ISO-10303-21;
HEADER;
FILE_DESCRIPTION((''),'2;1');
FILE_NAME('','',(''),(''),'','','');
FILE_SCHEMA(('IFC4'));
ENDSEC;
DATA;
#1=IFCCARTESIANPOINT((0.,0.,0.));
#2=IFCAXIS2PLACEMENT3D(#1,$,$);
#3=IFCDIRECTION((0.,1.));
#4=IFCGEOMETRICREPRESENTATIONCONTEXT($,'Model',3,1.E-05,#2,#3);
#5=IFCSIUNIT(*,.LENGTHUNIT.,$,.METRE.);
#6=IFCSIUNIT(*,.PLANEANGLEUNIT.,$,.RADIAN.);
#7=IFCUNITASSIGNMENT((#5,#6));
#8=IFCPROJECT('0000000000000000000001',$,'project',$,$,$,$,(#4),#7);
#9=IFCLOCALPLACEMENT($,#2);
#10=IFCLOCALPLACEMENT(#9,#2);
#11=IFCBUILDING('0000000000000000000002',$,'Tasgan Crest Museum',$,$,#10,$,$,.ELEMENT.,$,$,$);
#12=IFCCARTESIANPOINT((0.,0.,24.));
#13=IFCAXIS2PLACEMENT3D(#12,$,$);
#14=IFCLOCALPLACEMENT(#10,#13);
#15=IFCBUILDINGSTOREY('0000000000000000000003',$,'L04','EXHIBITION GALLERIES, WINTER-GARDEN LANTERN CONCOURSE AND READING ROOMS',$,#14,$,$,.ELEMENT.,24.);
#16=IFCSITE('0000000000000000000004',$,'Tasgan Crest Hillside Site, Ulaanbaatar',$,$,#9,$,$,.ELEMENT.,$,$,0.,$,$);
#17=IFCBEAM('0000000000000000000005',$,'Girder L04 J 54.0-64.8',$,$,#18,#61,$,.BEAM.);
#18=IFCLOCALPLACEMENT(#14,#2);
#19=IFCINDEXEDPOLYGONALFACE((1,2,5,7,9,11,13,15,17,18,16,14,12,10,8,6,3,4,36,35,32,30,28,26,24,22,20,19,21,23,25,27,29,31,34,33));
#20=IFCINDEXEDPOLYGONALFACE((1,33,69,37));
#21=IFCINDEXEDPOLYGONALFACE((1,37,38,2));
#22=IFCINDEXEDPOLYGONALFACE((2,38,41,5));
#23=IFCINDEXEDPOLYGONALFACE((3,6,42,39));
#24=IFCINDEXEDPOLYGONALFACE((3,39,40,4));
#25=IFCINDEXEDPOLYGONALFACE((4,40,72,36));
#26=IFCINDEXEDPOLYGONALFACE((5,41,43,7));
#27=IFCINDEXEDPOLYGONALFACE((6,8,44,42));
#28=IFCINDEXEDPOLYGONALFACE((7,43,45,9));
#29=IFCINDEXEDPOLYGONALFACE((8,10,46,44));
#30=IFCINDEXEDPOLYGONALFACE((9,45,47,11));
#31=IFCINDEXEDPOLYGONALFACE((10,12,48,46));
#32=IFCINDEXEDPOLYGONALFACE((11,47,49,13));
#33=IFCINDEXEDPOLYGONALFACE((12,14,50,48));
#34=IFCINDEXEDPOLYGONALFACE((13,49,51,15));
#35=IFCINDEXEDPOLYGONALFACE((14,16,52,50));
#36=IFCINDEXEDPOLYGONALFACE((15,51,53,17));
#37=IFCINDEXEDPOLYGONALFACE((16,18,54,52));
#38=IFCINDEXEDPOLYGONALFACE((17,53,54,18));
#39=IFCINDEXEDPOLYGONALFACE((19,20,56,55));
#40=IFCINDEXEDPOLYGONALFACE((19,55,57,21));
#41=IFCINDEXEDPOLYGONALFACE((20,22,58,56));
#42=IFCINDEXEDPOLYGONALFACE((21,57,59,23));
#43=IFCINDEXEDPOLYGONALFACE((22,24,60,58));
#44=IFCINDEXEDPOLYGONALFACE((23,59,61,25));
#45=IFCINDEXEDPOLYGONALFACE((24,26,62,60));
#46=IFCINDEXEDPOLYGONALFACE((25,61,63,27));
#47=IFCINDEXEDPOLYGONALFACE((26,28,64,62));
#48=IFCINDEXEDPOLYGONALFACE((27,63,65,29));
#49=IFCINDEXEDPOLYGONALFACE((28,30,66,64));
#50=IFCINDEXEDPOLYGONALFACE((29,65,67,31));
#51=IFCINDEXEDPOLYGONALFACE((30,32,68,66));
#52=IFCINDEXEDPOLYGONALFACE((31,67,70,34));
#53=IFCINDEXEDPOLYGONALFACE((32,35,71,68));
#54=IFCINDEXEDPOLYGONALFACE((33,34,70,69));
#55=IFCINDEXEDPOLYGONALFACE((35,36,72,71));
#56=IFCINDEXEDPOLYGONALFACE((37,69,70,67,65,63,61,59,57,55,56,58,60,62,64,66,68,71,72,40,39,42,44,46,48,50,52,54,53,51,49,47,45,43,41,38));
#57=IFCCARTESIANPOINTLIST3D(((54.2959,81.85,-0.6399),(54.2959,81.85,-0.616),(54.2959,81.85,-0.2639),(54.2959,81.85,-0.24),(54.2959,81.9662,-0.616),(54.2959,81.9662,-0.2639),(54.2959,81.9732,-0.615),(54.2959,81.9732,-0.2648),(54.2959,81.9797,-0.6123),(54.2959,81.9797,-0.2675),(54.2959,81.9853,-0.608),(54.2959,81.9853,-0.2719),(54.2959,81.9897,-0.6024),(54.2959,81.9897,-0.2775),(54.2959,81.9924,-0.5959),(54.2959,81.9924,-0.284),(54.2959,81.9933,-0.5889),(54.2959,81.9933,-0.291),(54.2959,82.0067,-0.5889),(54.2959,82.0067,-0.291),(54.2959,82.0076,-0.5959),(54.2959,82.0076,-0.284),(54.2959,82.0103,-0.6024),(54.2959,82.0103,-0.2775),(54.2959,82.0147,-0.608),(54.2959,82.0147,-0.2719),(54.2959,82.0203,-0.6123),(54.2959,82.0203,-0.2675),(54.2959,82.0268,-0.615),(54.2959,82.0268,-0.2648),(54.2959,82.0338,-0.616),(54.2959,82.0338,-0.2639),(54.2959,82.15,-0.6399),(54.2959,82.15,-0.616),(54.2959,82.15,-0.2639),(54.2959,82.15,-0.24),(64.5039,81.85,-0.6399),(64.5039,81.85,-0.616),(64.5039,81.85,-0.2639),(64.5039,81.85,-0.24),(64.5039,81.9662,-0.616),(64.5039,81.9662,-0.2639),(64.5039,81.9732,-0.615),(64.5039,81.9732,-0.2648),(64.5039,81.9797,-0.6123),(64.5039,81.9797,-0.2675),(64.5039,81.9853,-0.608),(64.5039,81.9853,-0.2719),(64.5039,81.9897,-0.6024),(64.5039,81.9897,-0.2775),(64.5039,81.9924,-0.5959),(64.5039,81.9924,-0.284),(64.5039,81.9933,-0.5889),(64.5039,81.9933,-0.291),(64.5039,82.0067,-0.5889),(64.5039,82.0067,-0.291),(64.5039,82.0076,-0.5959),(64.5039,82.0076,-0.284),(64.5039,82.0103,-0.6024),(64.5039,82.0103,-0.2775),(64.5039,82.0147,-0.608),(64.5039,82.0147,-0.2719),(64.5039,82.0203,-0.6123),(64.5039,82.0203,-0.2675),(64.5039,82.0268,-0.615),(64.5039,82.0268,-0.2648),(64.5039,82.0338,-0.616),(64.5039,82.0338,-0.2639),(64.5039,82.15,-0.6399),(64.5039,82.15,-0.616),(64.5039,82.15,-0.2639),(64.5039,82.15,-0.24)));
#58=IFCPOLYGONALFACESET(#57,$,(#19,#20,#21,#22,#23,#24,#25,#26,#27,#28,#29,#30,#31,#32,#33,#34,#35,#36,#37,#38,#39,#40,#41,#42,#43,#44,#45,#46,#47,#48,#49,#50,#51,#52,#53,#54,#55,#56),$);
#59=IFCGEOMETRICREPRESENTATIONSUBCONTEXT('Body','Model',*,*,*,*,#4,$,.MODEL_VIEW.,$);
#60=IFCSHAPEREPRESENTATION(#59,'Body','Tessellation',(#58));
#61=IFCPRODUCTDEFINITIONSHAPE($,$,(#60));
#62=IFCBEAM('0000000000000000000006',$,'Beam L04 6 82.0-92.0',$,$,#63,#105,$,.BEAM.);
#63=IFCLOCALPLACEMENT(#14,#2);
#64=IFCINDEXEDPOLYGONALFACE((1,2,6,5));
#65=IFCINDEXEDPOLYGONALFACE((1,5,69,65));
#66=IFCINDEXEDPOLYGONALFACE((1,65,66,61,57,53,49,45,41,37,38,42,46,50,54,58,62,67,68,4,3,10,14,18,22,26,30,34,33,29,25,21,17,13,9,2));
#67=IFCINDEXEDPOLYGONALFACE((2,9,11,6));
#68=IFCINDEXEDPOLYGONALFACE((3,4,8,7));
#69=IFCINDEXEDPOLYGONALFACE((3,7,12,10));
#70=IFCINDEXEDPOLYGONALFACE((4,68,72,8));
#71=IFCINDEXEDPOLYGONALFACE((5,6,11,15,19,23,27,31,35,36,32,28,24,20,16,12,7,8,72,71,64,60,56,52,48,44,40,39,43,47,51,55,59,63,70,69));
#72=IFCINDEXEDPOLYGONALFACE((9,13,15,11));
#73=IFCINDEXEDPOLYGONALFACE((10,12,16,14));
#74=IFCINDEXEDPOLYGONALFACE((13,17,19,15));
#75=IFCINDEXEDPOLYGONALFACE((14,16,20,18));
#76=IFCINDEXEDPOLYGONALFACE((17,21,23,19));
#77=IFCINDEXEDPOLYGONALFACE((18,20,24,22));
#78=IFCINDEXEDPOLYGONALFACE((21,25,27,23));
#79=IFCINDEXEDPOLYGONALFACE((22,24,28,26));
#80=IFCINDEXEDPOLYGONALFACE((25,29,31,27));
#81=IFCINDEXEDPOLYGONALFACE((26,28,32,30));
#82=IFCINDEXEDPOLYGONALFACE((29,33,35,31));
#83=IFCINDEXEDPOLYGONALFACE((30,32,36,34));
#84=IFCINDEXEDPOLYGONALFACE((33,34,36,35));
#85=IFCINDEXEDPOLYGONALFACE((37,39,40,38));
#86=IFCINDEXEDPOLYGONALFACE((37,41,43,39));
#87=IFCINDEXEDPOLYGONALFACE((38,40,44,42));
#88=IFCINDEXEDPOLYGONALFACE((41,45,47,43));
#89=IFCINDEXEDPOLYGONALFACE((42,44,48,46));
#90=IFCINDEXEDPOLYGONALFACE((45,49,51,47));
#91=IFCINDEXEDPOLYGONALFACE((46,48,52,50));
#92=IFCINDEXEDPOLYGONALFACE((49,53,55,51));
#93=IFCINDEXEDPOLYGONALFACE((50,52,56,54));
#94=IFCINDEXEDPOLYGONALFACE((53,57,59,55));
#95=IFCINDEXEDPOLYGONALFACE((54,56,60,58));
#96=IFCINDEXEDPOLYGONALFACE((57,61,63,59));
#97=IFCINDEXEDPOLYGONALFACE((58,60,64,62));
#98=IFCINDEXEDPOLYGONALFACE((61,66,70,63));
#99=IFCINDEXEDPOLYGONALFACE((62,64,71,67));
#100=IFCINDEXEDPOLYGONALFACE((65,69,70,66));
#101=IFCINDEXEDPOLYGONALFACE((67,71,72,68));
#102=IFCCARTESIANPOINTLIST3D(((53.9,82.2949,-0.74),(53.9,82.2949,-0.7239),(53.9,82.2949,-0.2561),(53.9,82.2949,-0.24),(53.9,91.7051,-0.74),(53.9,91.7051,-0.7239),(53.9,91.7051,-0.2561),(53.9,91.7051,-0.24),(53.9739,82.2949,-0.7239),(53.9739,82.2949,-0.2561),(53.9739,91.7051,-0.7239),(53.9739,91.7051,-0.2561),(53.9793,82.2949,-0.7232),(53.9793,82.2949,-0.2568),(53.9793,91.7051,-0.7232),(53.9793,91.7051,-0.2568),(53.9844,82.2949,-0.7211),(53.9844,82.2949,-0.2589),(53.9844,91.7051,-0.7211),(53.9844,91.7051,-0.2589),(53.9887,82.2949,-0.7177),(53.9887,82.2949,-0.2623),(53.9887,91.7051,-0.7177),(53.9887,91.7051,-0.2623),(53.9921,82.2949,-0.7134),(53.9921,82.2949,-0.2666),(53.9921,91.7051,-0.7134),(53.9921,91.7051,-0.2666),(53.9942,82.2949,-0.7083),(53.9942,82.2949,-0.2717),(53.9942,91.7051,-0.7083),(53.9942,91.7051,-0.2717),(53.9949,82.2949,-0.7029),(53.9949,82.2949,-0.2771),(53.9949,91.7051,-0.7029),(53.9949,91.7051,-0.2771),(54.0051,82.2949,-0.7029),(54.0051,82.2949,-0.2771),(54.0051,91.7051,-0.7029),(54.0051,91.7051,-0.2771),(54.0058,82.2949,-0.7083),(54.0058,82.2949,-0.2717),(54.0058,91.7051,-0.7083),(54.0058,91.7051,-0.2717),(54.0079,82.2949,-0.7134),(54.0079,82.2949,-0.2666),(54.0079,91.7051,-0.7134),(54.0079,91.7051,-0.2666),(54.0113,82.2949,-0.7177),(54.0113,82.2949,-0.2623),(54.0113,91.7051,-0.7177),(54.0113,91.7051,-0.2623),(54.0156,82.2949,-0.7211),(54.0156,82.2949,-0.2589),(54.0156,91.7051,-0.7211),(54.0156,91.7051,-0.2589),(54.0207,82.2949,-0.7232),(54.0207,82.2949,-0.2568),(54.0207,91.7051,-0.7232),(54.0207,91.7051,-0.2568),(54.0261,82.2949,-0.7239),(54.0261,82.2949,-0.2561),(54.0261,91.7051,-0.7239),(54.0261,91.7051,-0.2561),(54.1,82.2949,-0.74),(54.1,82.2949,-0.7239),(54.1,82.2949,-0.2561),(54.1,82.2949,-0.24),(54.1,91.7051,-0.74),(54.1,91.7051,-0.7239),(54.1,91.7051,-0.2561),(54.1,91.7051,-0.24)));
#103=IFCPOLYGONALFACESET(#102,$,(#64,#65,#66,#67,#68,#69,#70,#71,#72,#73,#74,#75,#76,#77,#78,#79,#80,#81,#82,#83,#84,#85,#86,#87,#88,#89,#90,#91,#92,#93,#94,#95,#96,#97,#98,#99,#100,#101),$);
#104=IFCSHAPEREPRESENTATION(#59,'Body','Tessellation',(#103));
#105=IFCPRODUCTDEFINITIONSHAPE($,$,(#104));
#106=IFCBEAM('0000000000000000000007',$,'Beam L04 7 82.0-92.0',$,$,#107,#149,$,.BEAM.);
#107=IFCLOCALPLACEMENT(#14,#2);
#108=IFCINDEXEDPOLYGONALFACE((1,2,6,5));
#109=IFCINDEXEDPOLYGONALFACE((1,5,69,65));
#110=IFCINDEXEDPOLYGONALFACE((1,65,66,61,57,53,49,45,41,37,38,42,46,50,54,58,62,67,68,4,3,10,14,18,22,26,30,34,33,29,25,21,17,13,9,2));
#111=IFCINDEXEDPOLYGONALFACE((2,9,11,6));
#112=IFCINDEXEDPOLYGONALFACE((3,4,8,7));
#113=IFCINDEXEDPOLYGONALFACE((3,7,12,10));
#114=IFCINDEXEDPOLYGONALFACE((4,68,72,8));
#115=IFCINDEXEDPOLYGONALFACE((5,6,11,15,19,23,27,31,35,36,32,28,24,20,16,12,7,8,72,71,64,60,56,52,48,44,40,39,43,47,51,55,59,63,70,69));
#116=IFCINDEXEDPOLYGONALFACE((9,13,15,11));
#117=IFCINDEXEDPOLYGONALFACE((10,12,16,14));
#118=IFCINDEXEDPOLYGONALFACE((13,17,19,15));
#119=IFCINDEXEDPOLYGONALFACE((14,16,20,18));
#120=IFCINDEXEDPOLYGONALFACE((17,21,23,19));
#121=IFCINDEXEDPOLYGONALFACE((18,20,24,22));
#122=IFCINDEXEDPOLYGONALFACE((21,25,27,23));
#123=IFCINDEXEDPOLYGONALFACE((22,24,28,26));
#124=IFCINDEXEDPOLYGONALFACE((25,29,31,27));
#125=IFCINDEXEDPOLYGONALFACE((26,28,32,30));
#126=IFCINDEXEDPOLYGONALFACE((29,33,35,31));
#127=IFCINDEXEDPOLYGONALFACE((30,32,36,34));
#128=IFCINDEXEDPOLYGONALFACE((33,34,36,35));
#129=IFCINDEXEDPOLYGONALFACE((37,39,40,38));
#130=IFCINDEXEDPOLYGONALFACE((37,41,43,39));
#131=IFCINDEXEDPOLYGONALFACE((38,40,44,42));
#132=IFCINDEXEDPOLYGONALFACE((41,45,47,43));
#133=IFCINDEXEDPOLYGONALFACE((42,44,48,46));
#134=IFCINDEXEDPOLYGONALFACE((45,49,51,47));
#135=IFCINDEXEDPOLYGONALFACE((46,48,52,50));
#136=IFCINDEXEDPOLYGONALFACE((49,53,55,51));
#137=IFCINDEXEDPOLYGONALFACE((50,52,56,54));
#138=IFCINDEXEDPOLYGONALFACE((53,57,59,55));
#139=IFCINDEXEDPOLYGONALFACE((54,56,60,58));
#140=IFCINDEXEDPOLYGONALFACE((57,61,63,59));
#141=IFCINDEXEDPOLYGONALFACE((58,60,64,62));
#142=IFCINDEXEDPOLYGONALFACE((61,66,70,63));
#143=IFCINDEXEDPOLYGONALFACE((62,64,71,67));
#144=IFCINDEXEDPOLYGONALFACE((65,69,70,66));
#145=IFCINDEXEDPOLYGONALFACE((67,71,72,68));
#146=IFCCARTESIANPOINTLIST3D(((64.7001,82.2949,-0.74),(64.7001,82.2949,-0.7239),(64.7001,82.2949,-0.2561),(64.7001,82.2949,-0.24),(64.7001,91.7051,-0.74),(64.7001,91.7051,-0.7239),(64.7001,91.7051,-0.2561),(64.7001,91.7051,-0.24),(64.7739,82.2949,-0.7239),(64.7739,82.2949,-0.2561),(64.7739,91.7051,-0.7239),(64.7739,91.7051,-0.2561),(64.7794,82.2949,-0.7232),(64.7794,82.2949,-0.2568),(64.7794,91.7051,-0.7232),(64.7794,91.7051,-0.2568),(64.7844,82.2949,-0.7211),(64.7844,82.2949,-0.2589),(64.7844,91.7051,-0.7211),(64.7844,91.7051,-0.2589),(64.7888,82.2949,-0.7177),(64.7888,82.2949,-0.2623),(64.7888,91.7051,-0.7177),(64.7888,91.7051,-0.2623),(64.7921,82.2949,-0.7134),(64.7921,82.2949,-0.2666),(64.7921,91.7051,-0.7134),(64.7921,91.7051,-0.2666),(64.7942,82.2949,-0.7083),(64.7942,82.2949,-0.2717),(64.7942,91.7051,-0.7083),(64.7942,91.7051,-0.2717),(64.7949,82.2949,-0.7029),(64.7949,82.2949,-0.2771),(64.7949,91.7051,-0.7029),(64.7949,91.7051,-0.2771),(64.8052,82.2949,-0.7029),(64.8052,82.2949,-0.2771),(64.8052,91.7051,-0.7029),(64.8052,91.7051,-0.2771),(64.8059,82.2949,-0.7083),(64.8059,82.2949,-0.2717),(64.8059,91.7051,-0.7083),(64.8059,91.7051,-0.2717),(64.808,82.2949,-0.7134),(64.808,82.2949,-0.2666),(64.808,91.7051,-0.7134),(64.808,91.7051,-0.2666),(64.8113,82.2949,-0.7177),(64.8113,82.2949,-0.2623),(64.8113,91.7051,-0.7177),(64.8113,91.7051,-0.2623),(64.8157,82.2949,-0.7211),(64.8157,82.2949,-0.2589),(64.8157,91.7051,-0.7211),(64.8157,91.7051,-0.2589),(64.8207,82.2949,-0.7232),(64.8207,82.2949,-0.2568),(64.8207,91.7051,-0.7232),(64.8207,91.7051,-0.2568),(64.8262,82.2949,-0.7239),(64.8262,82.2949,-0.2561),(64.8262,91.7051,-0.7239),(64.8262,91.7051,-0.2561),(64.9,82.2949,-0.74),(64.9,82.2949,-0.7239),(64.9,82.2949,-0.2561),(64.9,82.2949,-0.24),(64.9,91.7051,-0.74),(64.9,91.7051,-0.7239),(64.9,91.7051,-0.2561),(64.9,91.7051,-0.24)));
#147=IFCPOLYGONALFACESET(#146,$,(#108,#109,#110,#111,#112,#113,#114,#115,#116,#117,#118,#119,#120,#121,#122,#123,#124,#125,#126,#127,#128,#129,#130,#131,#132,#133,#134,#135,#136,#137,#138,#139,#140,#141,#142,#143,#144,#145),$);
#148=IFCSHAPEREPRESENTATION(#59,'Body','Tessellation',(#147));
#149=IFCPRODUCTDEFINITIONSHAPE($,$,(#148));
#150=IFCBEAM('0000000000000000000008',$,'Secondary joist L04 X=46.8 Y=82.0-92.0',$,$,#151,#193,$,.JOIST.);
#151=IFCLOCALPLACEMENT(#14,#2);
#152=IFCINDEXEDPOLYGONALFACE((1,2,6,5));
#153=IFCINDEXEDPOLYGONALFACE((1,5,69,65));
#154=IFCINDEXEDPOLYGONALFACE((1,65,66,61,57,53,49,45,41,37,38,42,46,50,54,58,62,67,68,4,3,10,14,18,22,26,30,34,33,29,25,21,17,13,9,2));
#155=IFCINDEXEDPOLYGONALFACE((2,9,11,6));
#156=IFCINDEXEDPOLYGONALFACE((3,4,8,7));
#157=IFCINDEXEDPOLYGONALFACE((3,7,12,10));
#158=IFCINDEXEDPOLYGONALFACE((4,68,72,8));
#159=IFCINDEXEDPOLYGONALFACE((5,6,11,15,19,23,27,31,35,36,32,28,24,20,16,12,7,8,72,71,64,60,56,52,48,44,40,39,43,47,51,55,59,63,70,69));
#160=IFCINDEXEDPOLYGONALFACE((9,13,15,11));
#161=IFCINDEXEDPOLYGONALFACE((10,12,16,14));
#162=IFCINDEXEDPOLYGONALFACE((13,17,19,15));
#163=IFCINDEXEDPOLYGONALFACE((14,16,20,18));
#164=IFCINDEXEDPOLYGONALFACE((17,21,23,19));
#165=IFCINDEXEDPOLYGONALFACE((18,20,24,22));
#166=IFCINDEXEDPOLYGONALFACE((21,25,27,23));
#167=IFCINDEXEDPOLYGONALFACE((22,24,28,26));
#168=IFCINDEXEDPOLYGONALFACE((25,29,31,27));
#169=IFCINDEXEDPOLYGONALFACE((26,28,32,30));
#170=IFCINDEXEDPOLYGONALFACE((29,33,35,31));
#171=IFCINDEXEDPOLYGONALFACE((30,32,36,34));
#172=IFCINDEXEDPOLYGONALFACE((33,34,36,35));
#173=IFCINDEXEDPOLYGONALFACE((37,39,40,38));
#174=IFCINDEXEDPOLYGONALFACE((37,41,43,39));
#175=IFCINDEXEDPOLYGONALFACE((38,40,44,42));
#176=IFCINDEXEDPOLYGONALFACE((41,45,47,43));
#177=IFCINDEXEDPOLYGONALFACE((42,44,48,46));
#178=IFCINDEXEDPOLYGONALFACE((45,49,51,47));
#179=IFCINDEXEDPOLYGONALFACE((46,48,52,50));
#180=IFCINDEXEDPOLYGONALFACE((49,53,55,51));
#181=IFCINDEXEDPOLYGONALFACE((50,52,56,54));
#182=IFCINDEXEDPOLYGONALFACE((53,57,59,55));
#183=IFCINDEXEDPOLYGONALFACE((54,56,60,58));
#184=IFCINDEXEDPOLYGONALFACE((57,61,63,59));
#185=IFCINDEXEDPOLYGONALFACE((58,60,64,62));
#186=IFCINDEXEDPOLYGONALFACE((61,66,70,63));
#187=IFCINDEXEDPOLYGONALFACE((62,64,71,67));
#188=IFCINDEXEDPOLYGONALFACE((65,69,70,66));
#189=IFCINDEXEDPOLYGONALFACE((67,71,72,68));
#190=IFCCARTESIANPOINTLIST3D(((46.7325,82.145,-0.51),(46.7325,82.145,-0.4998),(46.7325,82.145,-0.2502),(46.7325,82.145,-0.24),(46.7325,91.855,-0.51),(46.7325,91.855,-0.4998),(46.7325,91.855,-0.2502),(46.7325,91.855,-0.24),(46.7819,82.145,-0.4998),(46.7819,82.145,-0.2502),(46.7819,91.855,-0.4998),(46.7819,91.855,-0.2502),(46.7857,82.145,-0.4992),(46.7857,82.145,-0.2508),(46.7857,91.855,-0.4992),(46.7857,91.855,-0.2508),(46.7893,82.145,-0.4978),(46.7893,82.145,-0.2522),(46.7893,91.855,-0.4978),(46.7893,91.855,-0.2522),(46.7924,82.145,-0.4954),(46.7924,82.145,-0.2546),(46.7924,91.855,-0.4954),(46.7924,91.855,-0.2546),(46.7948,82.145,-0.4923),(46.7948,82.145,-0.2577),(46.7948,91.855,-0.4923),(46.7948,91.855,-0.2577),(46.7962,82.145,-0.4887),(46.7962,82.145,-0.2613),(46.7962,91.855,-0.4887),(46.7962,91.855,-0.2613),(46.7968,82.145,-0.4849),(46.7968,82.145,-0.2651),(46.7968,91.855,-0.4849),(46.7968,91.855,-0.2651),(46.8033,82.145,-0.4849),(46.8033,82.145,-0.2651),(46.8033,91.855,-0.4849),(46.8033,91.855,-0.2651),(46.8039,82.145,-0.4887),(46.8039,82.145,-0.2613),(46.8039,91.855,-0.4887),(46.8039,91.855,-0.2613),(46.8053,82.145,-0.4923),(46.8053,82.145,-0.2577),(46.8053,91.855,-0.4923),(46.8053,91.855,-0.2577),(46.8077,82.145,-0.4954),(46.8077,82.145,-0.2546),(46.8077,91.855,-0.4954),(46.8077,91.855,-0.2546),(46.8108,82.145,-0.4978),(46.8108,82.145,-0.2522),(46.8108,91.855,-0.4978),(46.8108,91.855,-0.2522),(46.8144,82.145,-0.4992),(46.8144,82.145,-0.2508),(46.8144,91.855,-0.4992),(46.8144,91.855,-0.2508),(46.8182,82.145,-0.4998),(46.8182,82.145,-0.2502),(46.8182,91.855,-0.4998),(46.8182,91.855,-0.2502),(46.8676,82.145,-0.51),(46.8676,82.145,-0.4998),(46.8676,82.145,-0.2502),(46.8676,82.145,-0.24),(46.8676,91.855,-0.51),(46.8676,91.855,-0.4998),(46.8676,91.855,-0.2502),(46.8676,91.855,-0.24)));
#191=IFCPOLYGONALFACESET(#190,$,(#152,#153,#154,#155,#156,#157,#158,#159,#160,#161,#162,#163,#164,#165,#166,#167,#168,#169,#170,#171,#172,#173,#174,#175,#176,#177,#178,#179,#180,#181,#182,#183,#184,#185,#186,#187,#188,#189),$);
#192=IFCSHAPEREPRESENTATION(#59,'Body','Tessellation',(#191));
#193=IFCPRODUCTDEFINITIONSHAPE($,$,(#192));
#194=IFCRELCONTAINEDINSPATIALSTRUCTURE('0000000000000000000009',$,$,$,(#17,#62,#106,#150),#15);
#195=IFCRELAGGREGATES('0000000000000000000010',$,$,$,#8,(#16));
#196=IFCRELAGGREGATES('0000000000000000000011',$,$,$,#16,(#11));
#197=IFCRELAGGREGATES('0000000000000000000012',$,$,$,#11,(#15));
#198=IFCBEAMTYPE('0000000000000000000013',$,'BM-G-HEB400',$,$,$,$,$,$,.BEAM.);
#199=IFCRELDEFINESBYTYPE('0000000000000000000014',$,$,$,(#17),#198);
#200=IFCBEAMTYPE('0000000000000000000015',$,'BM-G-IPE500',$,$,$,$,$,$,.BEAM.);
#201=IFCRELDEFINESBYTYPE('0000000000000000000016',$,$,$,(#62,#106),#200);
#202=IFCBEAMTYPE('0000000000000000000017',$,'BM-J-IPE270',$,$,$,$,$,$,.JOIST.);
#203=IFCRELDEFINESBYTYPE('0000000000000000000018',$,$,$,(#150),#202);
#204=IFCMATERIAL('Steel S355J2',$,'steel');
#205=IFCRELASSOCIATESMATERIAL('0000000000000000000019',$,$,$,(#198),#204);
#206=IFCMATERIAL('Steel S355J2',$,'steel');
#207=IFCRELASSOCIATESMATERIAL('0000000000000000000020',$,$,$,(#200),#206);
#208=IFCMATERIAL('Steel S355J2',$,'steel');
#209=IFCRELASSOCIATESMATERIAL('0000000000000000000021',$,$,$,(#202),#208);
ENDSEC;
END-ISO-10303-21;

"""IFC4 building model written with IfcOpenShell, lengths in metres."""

from ifc_helpers import new_model, si_unit, direction, frame, origin, origin_2d, place, context, subcontext, project, spatial, i_section, extrude, material, material_profile, profile_set, type_object, element, save


model = new_model("IFC4")

# Units and contexts
model_context = context("Model", 3, precision=1e-05, world=origin(), true_north=direction((0.0, 1.0)))
body_context = subcontext(model_context, "Body", "Model", "MODEL_VIEW")
ifc_project = project(units=[si_unit("LENGTHUNIT", "METRE"), si_unit("PLANEANGLEUNIT", "RADIAN")], contexts=[model_context])

# Site, building, storey
site_placement = place(None, origin())
site = spatial("IfcSite", under=ifc_project, at=site_placement, Name="Tasgan Crest Hillside Site, Ulaanbaatar", CompositionType="ELEMENT", RefElevation=0.0)
building_placement = place(site_placement, origin())
building = spatial("IfcBuilding", under=site, at=building_placement, Name="Tasgan Crest Museum", CompositionType="ELEMENT")
storey_placement = place(building_placement, frame((0.0, 0.0, 24.0)))
storey = spatial("IfcBuildingStorey", under=building, at=storey_placement, Name="L04", Description="EXHIBITION GALLERIES, WINTER-GARDEN LANTERN CONCOURSE AND READING ROOMS", CompositionType="ELEMENT", Elevation=24.0)

# Beams
ifc_material_1 = material(Name="Steel S355J2", Category="steel")
ifc_material_profile_1 = material_profile(ifc_material_1, i_section(OverallWidth=0.3, OverallDepth=0.3999, WebThickness=0.0134, FlangeThickness=0.0239, FilletRadius=0.0271, at=origin_2d()), Name="HEB 400")
ifc_profile_set_1 = profile_set([ifc_material_profile_1], Name="Steel S355J2")
beam_type_1 = type_object("IfcBeamType", Name="BM-G-HEB400", PredefinedType="BEAM", material=ifc_profile_set_1)
beam_1_placement = place(storey_placement, frame((54.2959, 82.0, -0.4399), z_axis=(1.0, 0.0, 0.0), x_axis=(0.0, 1.0, 0.0)))
element("IfcBeam", 1, at=beam_1_placement, inside=storey, type_object=beam_type_1, Name="Girder L04 J 54.0-64.8", PredefinedType="BEAM", context=body_context, shape_type="SweptSolid", body=[
    extrude(i_section(OverallWidth=0.3, OverallDepth=0.3999, WebThickness=0.0134, FlangeThickness=0.0239, FilletRadius=0.0271, at=origin_2d()), origin(), (0.0, 0.0, 1.0), 10.208),
])
ifc_material_2 = material(Name="Steel S355J2", Category="steel")
ifc_material_profile_2 = material_profile(ifc_material_2, i_section(OverallWidth=0.2, OverallDepth=0.5, WebThickness=0.0103, FlangeThickness=0.0161, FilletRadius=0.021, at=origin_2d()), Name="IPE 500")
ifc_profile_set_2 = profile_set([ifc_material_profile_2], Name="Steel S355J2")
beam_type_2 = type_object("IfcBeamType", Name="BM-G-IPE500", PredefinedType="BEAM", material=ifc_profile_set_2)
for number, where, z_axis, x_axis, name in (
    (2, (54.0, 82.2949, -0.49), (0.0, 1.0, 0.0), (-1.0, 0.0, 0.0), "Beam L04 6 82.0-92.0"),
    (3, (64.8, 82.2949, -0.49), (0.0, 1.0, 0.0), (-1.0, 0.0, 0.0), "Beam L04 7 82.0-92.0"),
):
    element("IfcBeam", number, at=place(storey_placement, frame(where, z_axis=z_axis, x_axis=x_axis)), inside=storey, type_object=beam_type_2, Name=name, PredefinedType="BEAM", context=body_context, shape_type="SweptSolid", body=[
        extrude(i_section(OverallWidth=0.2, OverallDepth=0.5, WebThickness=0.0103, FlangeThickness=0.0161, FilletRadius=0.021, at=origin_2d()), origin(), (0.0, 0.0, 1.0), 9.4102),
    ])
ifc_material_3 = material(Name="Steel S355J2", Category="steel")
ifc_material_profile_3 = material_profile(ifc_material_3, i_section(OverallWidth=0.135, OverallDepth=0.27, WebThickness=0.0066, FlangeThickness=0.0103, FilletRadius=0.0149, at=origin_2d()), Name="IPE 270")
ifc_profile_set_3 = profile_set([ifc_material_profile_3], Name="Steel S355J2")
beam_type_3 = type_object("IfcBeamType", Name="BM-J-IPE270", PredefinedType="JOIST", material=ifc_profile_set_3)
for number, where, z_axis, x_axis, name in (
    (4, (46.8, 82.145, -0.375), (0.0, 1.0, 0.0), (-1.0, 0.0, 0.0), "Secondary joist L04 X=46.8 Y=82.0-92.0"),
):
    element("IfcBeam", number, at=place(storey_placement, frame(where, z_axis=z_axis, x_axis=x_axis)), inside=storey, type_object=beam_type_3, Name=name, PredefinedType="JOIST", context=body_context, shape_type="SweptSolid", body=[
        extrude(i_section(OverallWidth=0.135, OverallDepth=0.27, WebThickness=0.0066, FlangeThickness=0.0103, FilletRadius=0.0149, at=origin_2d()), origin(), (0.0, 0.0, 1.0), 9.71),
    ])

save(model, "model.ifc")
